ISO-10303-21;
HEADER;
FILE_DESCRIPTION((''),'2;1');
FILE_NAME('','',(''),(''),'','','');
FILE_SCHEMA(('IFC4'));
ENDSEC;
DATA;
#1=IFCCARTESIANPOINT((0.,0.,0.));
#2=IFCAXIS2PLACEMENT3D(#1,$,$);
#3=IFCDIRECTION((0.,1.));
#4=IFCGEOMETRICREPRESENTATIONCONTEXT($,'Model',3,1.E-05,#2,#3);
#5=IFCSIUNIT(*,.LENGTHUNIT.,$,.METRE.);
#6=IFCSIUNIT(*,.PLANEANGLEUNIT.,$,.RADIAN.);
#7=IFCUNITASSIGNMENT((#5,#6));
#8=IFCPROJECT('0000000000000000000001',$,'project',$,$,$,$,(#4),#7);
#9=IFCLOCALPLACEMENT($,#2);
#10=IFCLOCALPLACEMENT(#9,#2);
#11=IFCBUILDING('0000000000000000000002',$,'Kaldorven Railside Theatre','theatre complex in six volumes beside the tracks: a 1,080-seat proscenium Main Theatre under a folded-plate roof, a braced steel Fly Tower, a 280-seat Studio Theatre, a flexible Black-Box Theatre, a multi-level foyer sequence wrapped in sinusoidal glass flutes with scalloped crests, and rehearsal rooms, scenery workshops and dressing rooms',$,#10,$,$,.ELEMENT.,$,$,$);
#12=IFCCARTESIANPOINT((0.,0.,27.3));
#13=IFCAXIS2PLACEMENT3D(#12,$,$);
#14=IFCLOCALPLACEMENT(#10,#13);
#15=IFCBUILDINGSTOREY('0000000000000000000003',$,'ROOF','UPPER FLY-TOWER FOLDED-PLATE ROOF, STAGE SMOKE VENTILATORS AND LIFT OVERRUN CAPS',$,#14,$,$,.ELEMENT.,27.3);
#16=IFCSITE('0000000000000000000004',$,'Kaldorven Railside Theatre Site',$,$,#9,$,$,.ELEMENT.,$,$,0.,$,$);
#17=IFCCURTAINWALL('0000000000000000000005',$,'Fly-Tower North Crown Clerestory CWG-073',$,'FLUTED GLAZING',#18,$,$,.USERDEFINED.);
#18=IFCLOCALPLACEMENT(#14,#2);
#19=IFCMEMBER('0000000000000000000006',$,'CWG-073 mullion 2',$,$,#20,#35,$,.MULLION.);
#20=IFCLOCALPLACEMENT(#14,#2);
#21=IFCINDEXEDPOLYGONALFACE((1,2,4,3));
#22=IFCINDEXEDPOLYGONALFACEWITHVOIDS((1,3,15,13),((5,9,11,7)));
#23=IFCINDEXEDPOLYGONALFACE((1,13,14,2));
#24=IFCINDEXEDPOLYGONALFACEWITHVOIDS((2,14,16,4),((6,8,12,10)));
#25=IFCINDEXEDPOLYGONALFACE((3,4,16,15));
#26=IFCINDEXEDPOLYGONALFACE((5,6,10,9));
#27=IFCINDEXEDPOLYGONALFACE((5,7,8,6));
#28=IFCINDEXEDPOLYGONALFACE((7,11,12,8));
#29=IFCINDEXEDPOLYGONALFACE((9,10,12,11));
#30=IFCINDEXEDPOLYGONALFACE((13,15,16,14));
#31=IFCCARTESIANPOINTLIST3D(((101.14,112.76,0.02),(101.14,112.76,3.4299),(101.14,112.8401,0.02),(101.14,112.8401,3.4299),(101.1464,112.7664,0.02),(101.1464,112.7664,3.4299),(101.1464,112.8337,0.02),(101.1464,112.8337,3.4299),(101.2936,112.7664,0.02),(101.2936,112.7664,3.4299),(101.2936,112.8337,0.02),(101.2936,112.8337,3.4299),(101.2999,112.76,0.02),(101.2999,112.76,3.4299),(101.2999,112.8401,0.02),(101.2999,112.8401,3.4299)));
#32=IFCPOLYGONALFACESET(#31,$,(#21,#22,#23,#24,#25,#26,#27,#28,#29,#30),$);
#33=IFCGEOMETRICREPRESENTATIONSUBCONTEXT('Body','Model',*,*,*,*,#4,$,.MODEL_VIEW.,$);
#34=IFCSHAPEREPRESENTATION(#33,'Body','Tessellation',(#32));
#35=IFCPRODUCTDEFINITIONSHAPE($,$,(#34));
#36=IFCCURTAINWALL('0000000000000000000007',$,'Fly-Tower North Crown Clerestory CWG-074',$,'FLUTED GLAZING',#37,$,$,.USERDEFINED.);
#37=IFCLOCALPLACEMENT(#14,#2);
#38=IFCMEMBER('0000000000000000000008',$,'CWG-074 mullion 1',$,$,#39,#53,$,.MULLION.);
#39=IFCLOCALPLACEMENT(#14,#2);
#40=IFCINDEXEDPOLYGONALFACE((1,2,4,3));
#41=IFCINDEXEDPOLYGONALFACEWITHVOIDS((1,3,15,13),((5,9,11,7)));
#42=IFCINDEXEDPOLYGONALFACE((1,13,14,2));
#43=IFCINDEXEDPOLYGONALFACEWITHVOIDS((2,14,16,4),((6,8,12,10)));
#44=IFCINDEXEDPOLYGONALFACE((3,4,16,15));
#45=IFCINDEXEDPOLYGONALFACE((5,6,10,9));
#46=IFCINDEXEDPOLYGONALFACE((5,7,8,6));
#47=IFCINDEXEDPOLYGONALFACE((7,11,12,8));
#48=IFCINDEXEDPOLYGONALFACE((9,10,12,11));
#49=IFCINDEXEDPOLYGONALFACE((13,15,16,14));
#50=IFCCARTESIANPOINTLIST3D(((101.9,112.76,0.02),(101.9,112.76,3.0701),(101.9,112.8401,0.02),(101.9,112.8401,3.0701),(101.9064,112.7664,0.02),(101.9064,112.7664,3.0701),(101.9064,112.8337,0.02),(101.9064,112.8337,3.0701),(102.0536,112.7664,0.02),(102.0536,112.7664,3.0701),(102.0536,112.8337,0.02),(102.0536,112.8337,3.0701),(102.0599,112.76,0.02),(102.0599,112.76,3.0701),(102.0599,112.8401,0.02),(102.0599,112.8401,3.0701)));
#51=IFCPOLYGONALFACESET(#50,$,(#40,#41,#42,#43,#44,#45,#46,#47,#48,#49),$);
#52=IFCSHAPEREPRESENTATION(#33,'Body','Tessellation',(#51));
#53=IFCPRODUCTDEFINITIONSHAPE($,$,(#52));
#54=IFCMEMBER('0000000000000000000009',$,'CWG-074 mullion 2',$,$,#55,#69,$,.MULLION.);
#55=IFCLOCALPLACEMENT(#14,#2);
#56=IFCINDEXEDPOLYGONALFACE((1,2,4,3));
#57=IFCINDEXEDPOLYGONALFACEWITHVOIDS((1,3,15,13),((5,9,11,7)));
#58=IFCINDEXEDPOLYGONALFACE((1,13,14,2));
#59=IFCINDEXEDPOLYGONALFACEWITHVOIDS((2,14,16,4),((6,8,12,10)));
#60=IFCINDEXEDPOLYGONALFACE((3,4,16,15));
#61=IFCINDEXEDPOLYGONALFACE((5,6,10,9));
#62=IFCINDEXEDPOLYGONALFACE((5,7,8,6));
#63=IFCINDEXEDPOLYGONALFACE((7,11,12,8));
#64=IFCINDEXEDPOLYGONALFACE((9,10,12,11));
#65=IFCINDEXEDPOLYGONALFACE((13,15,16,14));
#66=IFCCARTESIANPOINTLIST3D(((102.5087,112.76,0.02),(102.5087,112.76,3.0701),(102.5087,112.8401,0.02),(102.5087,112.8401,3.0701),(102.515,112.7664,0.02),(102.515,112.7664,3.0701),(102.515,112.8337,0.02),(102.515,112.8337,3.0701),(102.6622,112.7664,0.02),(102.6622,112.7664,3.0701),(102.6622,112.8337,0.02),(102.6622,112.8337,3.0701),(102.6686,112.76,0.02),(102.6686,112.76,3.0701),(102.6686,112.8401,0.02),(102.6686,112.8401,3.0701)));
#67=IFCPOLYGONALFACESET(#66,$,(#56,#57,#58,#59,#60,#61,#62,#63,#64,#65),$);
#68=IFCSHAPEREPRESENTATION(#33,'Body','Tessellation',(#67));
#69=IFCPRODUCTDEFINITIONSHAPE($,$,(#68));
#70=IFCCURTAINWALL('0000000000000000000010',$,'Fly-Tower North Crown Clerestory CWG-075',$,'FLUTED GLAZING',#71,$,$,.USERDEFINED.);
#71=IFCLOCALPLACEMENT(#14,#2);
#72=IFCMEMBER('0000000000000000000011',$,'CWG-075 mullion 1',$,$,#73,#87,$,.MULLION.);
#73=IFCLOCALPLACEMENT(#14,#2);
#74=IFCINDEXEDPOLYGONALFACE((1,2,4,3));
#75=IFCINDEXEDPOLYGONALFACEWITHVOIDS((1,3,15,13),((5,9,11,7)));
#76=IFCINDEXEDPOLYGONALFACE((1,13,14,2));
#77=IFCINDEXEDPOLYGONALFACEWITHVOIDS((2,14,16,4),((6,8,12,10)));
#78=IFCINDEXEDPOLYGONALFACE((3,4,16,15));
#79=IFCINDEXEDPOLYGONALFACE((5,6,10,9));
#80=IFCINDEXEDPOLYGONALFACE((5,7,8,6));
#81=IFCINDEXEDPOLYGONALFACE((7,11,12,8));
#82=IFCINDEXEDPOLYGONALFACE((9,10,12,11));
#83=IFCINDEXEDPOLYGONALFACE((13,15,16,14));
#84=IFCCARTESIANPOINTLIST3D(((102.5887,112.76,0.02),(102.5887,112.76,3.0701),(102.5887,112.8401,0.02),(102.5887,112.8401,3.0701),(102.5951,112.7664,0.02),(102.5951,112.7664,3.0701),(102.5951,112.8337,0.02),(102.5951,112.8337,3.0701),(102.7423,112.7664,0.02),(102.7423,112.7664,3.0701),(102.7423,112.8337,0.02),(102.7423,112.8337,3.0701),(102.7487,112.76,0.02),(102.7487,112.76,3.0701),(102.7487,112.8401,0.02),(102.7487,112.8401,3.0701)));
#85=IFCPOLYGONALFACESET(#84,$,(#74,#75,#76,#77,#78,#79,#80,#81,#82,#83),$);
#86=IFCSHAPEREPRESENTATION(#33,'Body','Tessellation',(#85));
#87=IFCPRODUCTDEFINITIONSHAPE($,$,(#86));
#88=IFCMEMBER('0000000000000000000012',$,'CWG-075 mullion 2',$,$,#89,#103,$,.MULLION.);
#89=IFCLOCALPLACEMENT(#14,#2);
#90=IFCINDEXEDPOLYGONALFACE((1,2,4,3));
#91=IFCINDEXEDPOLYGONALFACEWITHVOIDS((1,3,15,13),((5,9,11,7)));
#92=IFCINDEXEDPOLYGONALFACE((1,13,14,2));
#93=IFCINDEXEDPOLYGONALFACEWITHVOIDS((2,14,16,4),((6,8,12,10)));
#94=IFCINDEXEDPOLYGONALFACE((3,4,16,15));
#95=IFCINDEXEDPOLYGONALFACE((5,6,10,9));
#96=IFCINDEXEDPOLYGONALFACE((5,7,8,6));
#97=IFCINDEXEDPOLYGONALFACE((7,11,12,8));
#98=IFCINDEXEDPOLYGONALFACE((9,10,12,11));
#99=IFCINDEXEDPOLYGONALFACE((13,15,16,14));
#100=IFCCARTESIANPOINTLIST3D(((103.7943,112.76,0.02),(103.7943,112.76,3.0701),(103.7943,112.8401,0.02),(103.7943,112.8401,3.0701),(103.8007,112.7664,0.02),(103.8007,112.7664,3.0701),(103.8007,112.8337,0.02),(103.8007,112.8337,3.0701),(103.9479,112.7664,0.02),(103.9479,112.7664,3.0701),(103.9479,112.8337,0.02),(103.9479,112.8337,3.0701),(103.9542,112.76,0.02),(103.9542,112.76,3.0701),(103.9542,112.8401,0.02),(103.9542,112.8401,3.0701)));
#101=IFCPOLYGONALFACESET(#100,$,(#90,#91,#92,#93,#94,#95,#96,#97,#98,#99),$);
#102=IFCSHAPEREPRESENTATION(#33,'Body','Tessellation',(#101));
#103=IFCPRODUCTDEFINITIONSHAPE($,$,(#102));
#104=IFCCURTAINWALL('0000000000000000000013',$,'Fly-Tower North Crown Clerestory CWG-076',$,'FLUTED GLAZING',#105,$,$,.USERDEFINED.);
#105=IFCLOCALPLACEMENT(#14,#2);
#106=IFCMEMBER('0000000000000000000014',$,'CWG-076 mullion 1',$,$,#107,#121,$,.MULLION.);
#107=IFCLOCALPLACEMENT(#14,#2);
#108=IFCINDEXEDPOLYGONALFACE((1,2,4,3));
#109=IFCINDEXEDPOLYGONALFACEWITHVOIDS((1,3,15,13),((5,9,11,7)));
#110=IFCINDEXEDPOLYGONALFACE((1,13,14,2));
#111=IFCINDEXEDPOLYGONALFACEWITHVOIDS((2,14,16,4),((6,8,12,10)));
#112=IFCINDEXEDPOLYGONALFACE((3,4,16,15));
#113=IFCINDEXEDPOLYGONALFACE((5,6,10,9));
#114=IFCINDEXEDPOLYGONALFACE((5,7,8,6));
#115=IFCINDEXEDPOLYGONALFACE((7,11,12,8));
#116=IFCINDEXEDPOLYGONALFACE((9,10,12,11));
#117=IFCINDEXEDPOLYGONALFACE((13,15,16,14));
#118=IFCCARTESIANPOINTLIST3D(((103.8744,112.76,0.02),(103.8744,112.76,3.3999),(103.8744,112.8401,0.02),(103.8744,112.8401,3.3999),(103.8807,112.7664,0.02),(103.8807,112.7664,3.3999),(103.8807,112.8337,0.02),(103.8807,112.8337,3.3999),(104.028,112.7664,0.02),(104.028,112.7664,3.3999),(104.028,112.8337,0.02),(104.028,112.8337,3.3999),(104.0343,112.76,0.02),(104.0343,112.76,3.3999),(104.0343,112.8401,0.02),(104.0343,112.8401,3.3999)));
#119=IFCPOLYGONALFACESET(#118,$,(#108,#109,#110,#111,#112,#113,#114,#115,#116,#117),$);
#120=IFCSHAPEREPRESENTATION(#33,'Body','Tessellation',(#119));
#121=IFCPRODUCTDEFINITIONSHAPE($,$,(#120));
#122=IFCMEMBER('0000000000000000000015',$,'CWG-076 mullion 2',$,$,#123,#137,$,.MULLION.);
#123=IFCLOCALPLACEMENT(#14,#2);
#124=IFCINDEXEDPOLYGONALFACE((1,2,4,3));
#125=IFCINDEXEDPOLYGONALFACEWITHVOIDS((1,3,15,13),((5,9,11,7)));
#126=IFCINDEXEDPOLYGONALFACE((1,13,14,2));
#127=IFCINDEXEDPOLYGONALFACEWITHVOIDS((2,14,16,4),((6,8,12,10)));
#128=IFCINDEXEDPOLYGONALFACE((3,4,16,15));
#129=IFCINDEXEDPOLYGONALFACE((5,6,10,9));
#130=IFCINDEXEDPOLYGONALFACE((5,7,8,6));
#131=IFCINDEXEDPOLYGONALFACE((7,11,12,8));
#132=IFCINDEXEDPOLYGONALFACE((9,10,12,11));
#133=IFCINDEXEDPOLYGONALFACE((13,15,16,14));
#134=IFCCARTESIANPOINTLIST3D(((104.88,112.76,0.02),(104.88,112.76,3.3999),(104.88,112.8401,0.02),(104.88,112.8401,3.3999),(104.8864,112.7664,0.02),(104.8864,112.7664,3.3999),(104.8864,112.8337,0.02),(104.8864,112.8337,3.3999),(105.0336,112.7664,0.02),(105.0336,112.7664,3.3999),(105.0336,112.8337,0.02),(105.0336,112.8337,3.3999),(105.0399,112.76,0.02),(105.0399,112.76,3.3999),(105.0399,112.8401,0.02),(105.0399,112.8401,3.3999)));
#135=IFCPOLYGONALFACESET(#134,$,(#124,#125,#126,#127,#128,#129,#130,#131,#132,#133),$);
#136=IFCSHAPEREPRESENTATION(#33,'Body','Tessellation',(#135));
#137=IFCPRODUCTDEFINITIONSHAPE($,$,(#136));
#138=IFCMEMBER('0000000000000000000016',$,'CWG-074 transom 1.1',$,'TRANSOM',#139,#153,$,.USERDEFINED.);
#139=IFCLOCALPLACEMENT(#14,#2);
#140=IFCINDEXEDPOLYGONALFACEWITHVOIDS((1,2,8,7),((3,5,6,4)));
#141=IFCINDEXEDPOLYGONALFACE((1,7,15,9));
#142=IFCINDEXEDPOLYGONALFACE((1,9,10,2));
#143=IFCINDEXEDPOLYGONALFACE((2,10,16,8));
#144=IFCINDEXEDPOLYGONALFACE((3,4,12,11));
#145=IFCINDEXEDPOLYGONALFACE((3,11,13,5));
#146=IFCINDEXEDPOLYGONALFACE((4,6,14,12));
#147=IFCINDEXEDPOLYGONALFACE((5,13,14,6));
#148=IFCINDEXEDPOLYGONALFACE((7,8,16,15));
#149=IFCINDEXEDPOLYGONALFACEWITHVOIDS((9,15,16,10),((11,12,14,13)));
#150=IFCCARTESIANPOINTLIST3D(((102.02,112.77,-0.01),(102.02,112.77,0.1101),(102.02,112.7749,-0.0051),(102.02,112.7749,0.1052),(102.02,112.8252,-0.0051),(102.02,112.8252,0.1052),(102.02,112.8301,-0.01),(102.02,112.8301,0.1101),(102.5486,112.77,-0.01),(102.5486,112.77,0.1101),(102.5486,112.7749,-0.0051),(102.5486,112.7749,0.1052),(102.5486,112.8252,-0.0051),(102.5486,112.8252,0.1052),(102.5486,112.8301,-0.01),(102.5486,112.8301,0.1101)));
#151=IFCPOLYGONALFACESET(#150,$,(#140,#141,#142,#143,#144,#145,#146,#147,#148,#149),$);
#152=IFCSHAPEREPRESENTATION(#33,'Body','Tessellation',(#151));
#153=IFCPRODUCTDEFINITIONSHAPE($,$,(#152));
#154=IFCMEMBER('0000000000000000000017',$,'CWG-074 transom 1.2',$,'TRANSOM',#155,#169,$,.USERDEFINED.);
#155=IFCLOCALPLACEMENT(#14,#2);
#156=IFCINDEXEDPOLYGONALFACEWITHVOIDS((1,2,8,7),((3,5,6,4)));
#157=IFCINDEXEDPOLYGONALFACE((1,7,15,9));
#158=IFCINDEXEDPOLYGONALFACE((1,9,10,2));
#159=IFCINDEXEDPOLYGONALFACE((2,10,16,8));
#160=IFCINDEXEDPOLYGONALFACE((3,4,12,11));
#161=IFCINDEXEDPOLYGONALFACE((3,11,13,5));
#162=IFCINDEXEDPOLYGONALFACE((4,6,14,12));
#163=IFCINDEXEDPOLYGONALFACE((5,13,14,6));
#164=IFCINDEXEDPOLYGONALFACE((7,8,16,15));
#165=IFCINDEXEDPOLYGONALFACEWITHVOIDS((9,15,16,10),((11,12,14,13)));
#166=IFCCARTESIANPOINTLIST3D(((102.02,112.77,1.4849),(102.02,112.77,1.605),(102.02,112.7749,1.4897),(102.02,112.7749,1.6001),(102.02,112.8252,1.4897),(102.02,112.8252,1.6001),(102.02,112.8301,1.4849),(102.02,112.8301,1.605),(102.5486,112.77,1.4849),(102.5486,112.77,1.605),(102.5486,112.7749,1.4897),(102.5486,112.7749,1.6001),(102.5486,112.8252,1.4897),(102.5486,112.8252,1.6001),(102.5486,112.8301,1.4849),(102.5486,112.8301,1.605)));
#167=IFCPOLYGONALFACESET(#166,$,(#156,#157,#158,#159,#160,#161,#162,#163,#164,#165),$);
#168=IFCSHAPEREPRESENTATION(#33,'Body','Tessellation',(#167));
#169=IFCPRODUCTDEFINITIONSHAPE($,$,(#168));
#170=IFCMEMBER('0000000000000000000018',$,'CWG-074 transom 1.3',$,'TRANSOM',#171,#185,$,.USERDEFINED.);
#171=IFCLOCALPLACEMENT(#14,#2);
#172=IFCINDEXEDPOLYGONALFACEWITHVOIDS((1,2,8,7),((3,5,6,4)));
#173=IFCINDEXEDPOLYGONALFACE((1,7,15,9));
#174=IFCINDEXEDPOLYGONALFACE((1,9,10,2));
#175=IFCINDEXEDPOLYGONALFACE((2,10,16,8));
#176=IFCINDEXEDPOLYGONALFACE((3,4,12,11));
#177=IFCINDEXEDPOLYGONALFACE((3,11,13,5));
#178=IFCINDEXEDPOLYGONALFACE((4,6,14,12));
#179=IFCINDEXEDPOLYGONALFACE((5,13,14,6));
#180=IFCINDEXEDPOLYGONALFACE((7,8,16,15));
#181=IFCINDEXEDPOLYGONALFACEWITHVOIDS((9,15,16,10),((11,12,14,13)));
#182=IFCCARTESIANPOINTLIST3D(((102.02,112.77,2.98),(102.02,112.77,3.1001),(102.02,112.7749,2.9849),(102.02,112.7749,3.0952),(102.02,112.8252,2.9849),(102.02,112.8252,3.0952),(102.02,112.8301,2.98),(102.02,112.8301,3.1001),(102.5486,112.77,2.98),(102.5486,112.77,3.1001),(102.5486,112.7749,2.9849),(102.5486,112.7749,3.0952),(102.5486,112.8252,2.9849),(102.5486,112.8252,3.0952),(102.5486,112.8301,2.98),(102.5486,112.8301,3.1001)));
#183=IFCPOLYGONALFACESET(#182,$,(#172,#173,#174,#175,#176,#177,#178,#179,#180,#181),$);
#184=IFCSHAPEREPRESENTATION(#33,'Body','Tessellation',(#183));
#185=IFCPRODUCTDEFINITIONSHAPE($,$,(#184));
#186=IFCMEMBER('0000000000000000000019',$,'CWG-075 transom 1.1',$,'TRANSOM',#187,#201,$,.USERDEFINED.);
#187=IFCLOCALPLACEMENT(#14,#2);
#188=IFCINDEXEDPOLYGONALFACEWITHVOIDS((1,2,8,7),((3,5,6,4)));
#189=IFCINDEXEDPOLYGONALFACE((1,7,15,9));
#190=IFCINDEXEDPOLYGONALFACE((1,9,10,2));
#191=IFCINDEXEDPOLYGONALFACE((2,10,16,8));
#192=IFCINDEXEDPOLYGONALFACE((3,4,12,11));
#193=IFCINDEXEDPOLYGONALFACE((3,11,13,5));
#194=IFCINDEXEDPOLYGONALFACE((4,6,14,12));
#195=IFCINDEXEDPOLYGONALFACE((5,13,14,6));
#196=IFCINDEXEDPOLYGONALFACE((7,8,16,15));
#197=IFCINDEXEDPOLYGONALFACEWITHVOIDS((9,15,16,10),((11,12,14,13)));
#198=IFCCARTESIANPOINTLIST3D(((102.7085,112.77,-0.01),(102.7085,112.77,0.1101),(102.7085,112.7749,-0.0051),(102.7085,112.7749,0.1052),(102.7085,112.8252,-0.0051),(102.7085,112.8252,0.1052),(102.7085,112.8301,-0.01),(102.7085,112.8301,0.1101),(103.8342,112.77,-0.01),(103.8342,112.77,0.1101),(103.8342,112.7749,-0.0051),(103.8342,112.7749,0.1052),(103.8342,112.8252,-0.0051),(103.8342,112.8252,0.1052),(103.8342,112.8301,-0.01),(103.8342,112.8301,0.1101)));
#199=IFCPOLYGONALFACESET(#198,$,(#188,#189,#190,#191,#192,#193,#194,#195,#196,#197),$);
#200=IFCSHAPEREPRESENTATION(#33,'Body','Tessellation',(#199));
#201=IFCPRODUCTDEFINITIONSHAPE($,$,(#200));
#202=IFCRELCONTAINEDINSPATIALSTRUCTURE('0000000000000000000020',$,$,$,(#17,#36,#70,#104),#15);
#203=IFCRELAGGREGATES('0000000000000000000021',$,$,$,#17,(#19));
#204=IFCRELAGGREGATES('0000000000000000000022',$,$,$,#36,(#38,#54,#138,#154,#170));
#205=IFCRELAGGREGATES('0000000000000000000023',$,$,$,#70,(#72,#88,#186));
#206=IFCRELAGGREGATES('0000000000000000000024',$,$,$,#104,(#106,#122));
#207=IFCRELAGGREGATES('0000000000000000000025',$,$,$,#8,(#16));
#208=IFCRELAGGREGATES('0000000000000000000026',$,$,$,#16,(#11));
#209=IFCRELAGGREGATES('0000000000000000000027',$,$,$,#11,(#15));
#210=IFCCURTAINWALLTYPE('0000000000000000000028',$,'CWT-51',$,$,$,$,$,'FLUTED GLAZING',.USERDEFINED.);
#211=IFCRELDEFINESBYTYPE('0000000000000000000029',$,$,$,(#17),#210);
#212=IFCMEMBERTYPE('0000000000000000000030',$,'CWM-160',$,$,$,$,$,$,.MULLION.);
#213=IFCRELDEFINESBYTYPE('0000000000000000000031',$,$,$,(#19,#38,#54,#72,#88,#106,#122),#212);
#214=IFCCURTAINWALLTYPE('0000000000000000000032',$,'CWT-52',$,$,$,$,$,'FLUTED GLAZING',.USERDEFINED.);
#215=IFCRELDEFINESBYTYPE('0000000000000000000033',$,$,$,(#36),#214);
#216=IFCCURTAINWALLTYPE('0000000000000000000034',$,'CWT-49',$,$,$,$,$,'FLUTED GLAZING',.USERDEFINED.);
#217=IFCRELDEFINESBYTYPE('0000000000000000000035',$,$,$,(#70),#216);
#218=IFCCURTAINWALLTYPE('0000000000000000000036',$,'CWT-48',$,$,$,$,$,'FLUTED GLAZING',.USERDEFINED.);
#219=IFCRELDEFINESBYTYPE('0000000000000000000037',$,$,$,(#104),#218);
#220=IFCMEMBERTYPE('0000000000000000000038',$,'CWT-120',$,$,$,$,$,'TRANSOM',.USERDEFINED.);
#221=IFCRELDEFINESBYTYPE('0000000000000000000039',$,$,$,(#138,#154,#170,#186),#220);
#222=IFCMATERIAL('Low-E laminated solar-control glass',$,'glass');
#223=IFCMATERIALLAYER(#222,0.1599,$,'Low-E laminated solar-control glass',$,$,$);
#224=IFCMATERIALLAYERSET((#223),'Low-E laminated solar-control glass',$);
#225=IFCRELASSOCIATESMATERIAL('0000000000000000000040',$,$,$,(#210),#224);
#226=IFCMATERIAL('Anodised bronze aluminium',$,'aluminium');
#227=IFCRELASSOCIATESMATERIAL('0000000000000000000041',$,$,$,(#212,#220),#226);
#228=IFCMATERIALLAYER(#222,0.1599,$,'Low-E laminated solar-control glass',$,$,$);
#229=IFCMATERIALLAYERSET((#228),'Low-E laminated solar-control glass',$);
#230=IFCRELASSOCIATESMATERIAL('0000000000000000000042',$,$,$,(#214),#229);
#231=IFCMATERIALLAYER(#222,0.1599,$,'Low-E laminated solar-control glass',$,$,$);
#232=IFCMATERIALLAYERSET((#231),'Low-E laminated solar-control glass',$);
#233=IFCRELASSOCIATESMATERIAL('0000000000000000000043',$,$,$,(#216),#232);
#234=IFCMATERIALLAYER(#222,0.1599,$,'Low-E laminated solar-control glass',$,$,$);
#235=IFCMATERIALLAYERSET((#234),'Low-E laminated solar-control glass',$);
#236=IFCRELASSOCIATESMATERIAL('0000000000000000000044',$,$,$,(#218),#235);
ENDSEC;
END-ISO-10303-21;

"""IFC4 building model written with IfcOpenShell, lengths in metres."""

from ifc_helpers import new_model, si_unit, direction, frame, origin, origin_2d, place, context, subcontext, project, spatial, hollow_rectangle, extrude, material, layer, layer_set, material_profile, profile_set, type_object, element, aggregate, save


model = new_model("IFC4")

# Units and contexts
model_context = context("Model", 3, precision=1e-05, world=origin(), true_north=direction((0.0, 1.0)))
body_context = subcontext(model_context, "Body", "Model", "MODEL_VIEW")
ifc_project = project(units=[si_unit("LENGTHUNIT", "METRE"), si_unit("PLANEANGLEUNIT", "RADIAN")], contexts=[model_context])

# Site, building, storey
site_placement = place(None, origin())
site = spatial("IfcSite", under=ifc_project, at=site_placement, Name="Kaldorven Railside Theatre Site", CompositionType="ELEMENT", RefElevation=0.0)
building_placement = place(site_placement, origin())
building = spatial("IfcBuilding", under=site, at=building_placement, Name="Kaldorven Railside Theatre", Description="theatre complex in six volumes beside the tracks: a 1,080-seat proscenium Main Theatre under a folded-plate roof, a braced steel Fly Tower, a 280-seat Studio Theatre, a flexible Black-Box Theatre, a multi-level foyer sequence wrapped in sinusoidal glass flutes with scalloped crests, and rehearsal rooms, scenery workshops and dressing rooms", CompositionType="ELEMENT")
storey_placement = place(building_placement, frame((0.0, 0.0, 27.3)))
storey = spatial("IfcBuildingStorey", under=building, at=storey_placement, Name="ROOF", Description="UPPER FLY-TOWER FOLDED-PLATE ROOF, STAGE SMOKE VENTILATORS AND LIFT OVERRUN CAPS", CompositionType="ELEMENT", Elevation=27.3)

# Curtain wall, member
ifc_material_1 = material(Name="Low-E laminated solar-control glass", Category="glass")
ifc_layer_1 = layer(ifc_material_1, 0.1599, Name="Low-E laminated solar-control glass")
ifc_layer_set_1 = layer_set([ifc_layer_1], Name="Low-E laminated solar-control glass")
curtain_wall_type_1 = type_object("IfcCurtainWallType", Name="CWT-51", ElementType="FLUTED GLAZING", PredefinedType="USERDEFINED", material=ifc_layer_set_1)
curtain_wall_1_placement = place(storey_placement, origin())
curtain_wall_1 = element("IfcCurtainWall", 1, at=curtain_wall_1_placement, inside=storey, type_object=curtain_wall_type_1, Name="Fly-Tower North Crown Clerestory CWG-073", ObjectType="FLUTED GLAZING", PredefinedType="USERDEFINED")
ifc_material_2 = material(Name="Anodised bronze aluminium", Category="aluminium")
ifc_material_profile_1 = material_profile(ifc_material_2, hollow_rectangle(XDim=0.0801, YDim=0.1599, WallThickness=0.0063, at=origin_2d()), Name="RHS 160x80x6.3")
ifc_profile_set_1 = profile_set([ifc_material_profile_1], Name="Anodised bronze aluminium")
member_type_1 = type_object("IfcMemberType", Name="CWM-160", PredefinedType="MULLION", material=ifc_profile_set_1)
member_1_placement = place(storey_placement, frame((101.22, 112.8, 0.02), z_axis=(0.0, 0.0, 1.0), x_axis=(0.0, 1.0, 0.0)))
member_1 = element("IfcMember", 2, at=member_1_placement, type_object=member_type_1, Name="CWG-073 mullion 2", PredefinedType="MULLION", context=body_context, shape_type="SweptSolid", body=[
    extrude(hollow_rectangle(XDim=0.0801, YDim=0.1599, WallThickness=0.0063, at=origin_2d()), origin(), (0.0, 0.0, 1.0), 3.4099),
])

# Curtain walls, members
ifc_layer_2 = layer(ifc_material_1, 0.1599, Name="Low-E laminated solar-control glass")
ifc_layer_set_2 = layer_set([ifc_layer_2], Name="Low-E laminated solar-control glass")
curtain_wall_type_2 = type_object("IfcCurtainWallType", Name="CWT-52", ElementType="FLUTED GLAZING", PredefinedType="USERDEFINED", material=ifc_layer_set_2)
curtain_wall_2_placement = place(storey_placement, origin())
curtain_wall_2 = element("IfcCurtainWall", 3, at=curtain_wall_2_placement, inside=storey, type_object=curtain_wall_type_2, Name="Fly-Tower North Crown Clerestory CWG-074", ObjectType="FLUTED GLAZING", PredefinedType="USERDEFINED")
member_2_placement = place(storey_placement, frame((101.98, 112.8, 0.02), z_axis=(0.0, 0.0, 1.0), x_axis=(0.0, 1.0, 0.0)))
member_2 = element("IfcMember", 4, at=member_2_placement, type_object=member_type_1, Name="CWG-074 mullion 1", PredefinedType="MULLION", context=body_context, shape_type="SweptSolid", body=[
    extrude(hollow_rectangle(XDim=0.0801, YDim=0.1599, WallThickness=0.0063, at=origin_2d()), origin(), (0.0, 0.0, 1.0), 3.05),
])
member_3_placement = place(storey_placement, frame((102.5886, 112.8, 0.02), z_axis=(0.0, 0.0, 1.0), x_axis=(0.0, 1.0, 0.0)))
member_3 = element("IfcMember", 5, at=member_3_placement, type_object=member_type_1, Name="CWG-074 mullion 2", PredefinedType="MULLION", context=body_context, shape_type="SweptSolid", body=[
    extrude(hollow_rectangle(XDim=0.0801, YDim=0.1599, WallThickness=0.0063, at=origin_2d()), origin(), (0.0, 0.0, 1.0), 3.05),
])
ifc_layer_3 = layer(ifc_material_1, 0.1599, Name="Low-E laminated solar-control glass")
ifc_layer_set_3 = layer_set([ifc_layer_3], Name="Low-E laminated solar-control glass")
curtain_wall_type_3 = type_object("IfcCurtainWallType", Name="CWT-49", ElementType="FLUTED GLAZING", PredefinedType="USERDEFINED", material=ifc_layer_set_3)
curtain_wall_3_placement = place(storey_placement, origin())
curtain_wall_3 = element("IfcCurtainWall", 6, at=curtain_wall_3_placement, inside=storey, type_object=curtain_wall_type_3, Name="Fly-Tower North Crown Clerestory CWG-075", ObjectType="FLUTED GLAZING", PredefinedType="USERDEFINED")
member_4_placement = place(storey_placement, frame((102.6687, 112.8, 0.02), z_axis=(0.0, 0.0, 1.0), x_axis=(0.0, 1.0, 0.0)))
member_4 = element("IfcMember", 7, at=member_4_placement, type_object=member_type_1, Name="CWG-075 mullion 1", PredefinedType="MULLION", context=body_context, shape_type="SweptSolid", body=[
    extrude(hollow_rectangle(XDim=0.0801, YDim=0.1599, WallThickness=0.0063, at=origin_2d()), origin(), (0.0, 0.0, 1.0), 3.05),
])
member_5_placement = place(storey_placement, frame((103.8743, 112.8, 0.02), z_axis=(0.0, 0.0, 1.0), x_axis=(0.0, 1.0, 0.0)))
member_5 = element("IfcMember", 8, at=member_5_placement, type_object=member_type_1, Name="CWG-075 mullion 2", PredefinedType="MULLION", context=body_context, shape_type="SweptSolid", body=[
    extrude(hollow_rectangle(XDim=0.0801, YDim=0.1599, WallThickness=0.0063, at=origin_2d()), origin(), (0.0, 0.0, 1.0), 3.05),
])
ifc_layer_4 = layer(ifc_material_1, 0.1599, Name="Low-E laminated solar-control glass")
ifc_layer_set_4 = layer_set([ifc_layer_4], Name="Low-E laminated solar-control glass")
curtain_wall_type_4 = type_object("IfcCurtainWallType", Name="CWT-48", ElementType="FLUTED GLAZING", PredefinedType="USERDEFINED", material=ifc_layer_set_4)
curtain_wall_4_placement = place(storey_placement, origin())
curtain_wall_4 = element("IfcCurtainWall", 9, at=curtain_wall_4_placement, inside=storey, type_object=curtain_wall_type_4, Name="Fly-Tower North Crown Clerestory CWG-076", ObjectType="FLUTED GLAZING", PredefinedType="USERDEFINED")
member_6_placement = place(storey_placement, frame((103.9543, 112.8, 0.02), z_axis=(0.0, 0.0, 1.0), x_axis=(0.0, 1.0, 0.0)))
member_6 = element("IfcMember", 10, at=member_6_placement, type_object=member_type_1, Name="CWG-076 mullion 1", PredefinedType="MULLION", context=body_context, shape_type="SweptSolid", body=[
    extrude(hollow_rectangle(XDim=0.0801, YDim=0.1599, WallThickness=0.0063, at=origin_2d()), origin(), (0.0, 0.0, 1.0), 3.3799),
])
member_7_placement = place(storey_placement, frame((104.96, 112.8, 0.02), z_axis=(0.0, 0.0, 1.0), x_axis=(0.0, 1.0, 0.0)))
member_7 = element("IfcMember", 11, at=member_7_placement, type_object=member_type_1, Name="CWG-076 mullion 2", PredefinedType="MULLION", context=body_context, shape_type="SweptSolid", body=[
    extrude(hollow_rectangle(XDim=0.0801, YDim=0.1599, WallThickness=0.0063, at=origin_2d()), origin(), (0.0, 0.0, 1.0), 3.3799),
])

# Members
ifc_material_profile_2 = material_profile(ifc_material_2, hollow_rectangle(XDim=0.0601, YDim=0.1201, WallThickness=0.0049, at=origin_2d()), Name="RHS 120x60x5")
ifc_profile_set_2 = profile_set([ifc_material_profile_2], Name="Anodised bronze aluminium")
member_type_2 = type_object("IfcMemberType", Name="CWT-120", ElementType="TRANSOM", PredefinedType="USERDEFINED", material=ifc_profile_set_2)
member_8_placement = place(storey_placement, frame((102.02, 112.8, 0.05), z_axis=(1.0, 0.0, 0.0), x_axis=(0.0, 1.0, 0.0)))
member_8 = element("IfcMember", 12, at=member_8_placement, type_object=member_type_2, Name="CWG-074 transom 1.1", ObjectType="TRANSOM", PredefinedType="USERDEFINED", context=body_context, shape_type="SweptSolid", body=[
    extrude(hollow_rectangle(XDim=0.0601, YDim=0.1201, WallThickness=0.0049, at=origin_2d()), origin(), (0.0, 0.0, 1.0), 0.5286),
])
member_9_placement = place(storey_placement, frame((102.02, 112.8, 1.5449), z_axis=(1.0, 0.0, 0.0), x_axis=(0.0, 1.0, 0.0)))
member_9 = element("IfcMember", 13, at=member_9_placement, type_object=member_type_2, Name="CWG-074 transom 1.2", ObjectType="TRANSOM", PredefinedType="USERDEFINED", context=body_context, shape_type="SweptSolid", body=[
    extrude(hollow_rectangle(XDim=0.0601, YDim=0.1201, WallThickness=0.0049, at=origin_2d()), origin(), (0.0, 0.0, 1.0), 0.5286),
])
member_10_placement = place(storey_placement, frame((102.02, 112.8, 3.04), z_axis=(1.0, 0.0, 0.0), x_axis=(0.0, 1.0, 0.0)))
member_10 = element("IfcMember", 14, at=member_10_placement, type_object=member_type_2, Name="CWG-074 transom 1.3", ObjectType="TRANSOM", PredefinedType="USERDEFINED", context=body_context, shape_type="SweptSolid", body=[
    extrude(hollow_rectangle(XDim=0.0601, YDim=0.1201, WallThickness=0.0049, at=origin_2d()), origin(), (0.0, 0.0, 1.0), 0.5286),
])
member_11_placement = place(storey_placement, frame((102.7085, 112.8, 0.05), z_axis=(1.0, 0.0, 0.0), x_axis=(0.0, 1.0, 0.0)))
member_11 = element("IfcMember", 15, at=member_11_placement, type_object=member_type_2, Name="CWG-075 transom 1.1", ObjectType="TRANSOM", PredefinedType="USERDEFINED", context=body_context, shape_type="SweptSolid", body=[
    extrude(hollow_rectangle(XDim=0.0601, YDim=0.1201, WallThickness=0.0049, at=origin_2d()), origin(), (0.0, 0.0, 1.0), 1.1257),
])

aggregate(curtain_wall_1, [member_1])
aggregate(curtain_wall_2, [member_2, member_3, member_8, member_9, member_10])
aggregate(curtain_wall_3, [member_4, member_5, member_11])
aggregate(curtain_wall_4, [member_6, member_7])

save(model, "model.ifc")
